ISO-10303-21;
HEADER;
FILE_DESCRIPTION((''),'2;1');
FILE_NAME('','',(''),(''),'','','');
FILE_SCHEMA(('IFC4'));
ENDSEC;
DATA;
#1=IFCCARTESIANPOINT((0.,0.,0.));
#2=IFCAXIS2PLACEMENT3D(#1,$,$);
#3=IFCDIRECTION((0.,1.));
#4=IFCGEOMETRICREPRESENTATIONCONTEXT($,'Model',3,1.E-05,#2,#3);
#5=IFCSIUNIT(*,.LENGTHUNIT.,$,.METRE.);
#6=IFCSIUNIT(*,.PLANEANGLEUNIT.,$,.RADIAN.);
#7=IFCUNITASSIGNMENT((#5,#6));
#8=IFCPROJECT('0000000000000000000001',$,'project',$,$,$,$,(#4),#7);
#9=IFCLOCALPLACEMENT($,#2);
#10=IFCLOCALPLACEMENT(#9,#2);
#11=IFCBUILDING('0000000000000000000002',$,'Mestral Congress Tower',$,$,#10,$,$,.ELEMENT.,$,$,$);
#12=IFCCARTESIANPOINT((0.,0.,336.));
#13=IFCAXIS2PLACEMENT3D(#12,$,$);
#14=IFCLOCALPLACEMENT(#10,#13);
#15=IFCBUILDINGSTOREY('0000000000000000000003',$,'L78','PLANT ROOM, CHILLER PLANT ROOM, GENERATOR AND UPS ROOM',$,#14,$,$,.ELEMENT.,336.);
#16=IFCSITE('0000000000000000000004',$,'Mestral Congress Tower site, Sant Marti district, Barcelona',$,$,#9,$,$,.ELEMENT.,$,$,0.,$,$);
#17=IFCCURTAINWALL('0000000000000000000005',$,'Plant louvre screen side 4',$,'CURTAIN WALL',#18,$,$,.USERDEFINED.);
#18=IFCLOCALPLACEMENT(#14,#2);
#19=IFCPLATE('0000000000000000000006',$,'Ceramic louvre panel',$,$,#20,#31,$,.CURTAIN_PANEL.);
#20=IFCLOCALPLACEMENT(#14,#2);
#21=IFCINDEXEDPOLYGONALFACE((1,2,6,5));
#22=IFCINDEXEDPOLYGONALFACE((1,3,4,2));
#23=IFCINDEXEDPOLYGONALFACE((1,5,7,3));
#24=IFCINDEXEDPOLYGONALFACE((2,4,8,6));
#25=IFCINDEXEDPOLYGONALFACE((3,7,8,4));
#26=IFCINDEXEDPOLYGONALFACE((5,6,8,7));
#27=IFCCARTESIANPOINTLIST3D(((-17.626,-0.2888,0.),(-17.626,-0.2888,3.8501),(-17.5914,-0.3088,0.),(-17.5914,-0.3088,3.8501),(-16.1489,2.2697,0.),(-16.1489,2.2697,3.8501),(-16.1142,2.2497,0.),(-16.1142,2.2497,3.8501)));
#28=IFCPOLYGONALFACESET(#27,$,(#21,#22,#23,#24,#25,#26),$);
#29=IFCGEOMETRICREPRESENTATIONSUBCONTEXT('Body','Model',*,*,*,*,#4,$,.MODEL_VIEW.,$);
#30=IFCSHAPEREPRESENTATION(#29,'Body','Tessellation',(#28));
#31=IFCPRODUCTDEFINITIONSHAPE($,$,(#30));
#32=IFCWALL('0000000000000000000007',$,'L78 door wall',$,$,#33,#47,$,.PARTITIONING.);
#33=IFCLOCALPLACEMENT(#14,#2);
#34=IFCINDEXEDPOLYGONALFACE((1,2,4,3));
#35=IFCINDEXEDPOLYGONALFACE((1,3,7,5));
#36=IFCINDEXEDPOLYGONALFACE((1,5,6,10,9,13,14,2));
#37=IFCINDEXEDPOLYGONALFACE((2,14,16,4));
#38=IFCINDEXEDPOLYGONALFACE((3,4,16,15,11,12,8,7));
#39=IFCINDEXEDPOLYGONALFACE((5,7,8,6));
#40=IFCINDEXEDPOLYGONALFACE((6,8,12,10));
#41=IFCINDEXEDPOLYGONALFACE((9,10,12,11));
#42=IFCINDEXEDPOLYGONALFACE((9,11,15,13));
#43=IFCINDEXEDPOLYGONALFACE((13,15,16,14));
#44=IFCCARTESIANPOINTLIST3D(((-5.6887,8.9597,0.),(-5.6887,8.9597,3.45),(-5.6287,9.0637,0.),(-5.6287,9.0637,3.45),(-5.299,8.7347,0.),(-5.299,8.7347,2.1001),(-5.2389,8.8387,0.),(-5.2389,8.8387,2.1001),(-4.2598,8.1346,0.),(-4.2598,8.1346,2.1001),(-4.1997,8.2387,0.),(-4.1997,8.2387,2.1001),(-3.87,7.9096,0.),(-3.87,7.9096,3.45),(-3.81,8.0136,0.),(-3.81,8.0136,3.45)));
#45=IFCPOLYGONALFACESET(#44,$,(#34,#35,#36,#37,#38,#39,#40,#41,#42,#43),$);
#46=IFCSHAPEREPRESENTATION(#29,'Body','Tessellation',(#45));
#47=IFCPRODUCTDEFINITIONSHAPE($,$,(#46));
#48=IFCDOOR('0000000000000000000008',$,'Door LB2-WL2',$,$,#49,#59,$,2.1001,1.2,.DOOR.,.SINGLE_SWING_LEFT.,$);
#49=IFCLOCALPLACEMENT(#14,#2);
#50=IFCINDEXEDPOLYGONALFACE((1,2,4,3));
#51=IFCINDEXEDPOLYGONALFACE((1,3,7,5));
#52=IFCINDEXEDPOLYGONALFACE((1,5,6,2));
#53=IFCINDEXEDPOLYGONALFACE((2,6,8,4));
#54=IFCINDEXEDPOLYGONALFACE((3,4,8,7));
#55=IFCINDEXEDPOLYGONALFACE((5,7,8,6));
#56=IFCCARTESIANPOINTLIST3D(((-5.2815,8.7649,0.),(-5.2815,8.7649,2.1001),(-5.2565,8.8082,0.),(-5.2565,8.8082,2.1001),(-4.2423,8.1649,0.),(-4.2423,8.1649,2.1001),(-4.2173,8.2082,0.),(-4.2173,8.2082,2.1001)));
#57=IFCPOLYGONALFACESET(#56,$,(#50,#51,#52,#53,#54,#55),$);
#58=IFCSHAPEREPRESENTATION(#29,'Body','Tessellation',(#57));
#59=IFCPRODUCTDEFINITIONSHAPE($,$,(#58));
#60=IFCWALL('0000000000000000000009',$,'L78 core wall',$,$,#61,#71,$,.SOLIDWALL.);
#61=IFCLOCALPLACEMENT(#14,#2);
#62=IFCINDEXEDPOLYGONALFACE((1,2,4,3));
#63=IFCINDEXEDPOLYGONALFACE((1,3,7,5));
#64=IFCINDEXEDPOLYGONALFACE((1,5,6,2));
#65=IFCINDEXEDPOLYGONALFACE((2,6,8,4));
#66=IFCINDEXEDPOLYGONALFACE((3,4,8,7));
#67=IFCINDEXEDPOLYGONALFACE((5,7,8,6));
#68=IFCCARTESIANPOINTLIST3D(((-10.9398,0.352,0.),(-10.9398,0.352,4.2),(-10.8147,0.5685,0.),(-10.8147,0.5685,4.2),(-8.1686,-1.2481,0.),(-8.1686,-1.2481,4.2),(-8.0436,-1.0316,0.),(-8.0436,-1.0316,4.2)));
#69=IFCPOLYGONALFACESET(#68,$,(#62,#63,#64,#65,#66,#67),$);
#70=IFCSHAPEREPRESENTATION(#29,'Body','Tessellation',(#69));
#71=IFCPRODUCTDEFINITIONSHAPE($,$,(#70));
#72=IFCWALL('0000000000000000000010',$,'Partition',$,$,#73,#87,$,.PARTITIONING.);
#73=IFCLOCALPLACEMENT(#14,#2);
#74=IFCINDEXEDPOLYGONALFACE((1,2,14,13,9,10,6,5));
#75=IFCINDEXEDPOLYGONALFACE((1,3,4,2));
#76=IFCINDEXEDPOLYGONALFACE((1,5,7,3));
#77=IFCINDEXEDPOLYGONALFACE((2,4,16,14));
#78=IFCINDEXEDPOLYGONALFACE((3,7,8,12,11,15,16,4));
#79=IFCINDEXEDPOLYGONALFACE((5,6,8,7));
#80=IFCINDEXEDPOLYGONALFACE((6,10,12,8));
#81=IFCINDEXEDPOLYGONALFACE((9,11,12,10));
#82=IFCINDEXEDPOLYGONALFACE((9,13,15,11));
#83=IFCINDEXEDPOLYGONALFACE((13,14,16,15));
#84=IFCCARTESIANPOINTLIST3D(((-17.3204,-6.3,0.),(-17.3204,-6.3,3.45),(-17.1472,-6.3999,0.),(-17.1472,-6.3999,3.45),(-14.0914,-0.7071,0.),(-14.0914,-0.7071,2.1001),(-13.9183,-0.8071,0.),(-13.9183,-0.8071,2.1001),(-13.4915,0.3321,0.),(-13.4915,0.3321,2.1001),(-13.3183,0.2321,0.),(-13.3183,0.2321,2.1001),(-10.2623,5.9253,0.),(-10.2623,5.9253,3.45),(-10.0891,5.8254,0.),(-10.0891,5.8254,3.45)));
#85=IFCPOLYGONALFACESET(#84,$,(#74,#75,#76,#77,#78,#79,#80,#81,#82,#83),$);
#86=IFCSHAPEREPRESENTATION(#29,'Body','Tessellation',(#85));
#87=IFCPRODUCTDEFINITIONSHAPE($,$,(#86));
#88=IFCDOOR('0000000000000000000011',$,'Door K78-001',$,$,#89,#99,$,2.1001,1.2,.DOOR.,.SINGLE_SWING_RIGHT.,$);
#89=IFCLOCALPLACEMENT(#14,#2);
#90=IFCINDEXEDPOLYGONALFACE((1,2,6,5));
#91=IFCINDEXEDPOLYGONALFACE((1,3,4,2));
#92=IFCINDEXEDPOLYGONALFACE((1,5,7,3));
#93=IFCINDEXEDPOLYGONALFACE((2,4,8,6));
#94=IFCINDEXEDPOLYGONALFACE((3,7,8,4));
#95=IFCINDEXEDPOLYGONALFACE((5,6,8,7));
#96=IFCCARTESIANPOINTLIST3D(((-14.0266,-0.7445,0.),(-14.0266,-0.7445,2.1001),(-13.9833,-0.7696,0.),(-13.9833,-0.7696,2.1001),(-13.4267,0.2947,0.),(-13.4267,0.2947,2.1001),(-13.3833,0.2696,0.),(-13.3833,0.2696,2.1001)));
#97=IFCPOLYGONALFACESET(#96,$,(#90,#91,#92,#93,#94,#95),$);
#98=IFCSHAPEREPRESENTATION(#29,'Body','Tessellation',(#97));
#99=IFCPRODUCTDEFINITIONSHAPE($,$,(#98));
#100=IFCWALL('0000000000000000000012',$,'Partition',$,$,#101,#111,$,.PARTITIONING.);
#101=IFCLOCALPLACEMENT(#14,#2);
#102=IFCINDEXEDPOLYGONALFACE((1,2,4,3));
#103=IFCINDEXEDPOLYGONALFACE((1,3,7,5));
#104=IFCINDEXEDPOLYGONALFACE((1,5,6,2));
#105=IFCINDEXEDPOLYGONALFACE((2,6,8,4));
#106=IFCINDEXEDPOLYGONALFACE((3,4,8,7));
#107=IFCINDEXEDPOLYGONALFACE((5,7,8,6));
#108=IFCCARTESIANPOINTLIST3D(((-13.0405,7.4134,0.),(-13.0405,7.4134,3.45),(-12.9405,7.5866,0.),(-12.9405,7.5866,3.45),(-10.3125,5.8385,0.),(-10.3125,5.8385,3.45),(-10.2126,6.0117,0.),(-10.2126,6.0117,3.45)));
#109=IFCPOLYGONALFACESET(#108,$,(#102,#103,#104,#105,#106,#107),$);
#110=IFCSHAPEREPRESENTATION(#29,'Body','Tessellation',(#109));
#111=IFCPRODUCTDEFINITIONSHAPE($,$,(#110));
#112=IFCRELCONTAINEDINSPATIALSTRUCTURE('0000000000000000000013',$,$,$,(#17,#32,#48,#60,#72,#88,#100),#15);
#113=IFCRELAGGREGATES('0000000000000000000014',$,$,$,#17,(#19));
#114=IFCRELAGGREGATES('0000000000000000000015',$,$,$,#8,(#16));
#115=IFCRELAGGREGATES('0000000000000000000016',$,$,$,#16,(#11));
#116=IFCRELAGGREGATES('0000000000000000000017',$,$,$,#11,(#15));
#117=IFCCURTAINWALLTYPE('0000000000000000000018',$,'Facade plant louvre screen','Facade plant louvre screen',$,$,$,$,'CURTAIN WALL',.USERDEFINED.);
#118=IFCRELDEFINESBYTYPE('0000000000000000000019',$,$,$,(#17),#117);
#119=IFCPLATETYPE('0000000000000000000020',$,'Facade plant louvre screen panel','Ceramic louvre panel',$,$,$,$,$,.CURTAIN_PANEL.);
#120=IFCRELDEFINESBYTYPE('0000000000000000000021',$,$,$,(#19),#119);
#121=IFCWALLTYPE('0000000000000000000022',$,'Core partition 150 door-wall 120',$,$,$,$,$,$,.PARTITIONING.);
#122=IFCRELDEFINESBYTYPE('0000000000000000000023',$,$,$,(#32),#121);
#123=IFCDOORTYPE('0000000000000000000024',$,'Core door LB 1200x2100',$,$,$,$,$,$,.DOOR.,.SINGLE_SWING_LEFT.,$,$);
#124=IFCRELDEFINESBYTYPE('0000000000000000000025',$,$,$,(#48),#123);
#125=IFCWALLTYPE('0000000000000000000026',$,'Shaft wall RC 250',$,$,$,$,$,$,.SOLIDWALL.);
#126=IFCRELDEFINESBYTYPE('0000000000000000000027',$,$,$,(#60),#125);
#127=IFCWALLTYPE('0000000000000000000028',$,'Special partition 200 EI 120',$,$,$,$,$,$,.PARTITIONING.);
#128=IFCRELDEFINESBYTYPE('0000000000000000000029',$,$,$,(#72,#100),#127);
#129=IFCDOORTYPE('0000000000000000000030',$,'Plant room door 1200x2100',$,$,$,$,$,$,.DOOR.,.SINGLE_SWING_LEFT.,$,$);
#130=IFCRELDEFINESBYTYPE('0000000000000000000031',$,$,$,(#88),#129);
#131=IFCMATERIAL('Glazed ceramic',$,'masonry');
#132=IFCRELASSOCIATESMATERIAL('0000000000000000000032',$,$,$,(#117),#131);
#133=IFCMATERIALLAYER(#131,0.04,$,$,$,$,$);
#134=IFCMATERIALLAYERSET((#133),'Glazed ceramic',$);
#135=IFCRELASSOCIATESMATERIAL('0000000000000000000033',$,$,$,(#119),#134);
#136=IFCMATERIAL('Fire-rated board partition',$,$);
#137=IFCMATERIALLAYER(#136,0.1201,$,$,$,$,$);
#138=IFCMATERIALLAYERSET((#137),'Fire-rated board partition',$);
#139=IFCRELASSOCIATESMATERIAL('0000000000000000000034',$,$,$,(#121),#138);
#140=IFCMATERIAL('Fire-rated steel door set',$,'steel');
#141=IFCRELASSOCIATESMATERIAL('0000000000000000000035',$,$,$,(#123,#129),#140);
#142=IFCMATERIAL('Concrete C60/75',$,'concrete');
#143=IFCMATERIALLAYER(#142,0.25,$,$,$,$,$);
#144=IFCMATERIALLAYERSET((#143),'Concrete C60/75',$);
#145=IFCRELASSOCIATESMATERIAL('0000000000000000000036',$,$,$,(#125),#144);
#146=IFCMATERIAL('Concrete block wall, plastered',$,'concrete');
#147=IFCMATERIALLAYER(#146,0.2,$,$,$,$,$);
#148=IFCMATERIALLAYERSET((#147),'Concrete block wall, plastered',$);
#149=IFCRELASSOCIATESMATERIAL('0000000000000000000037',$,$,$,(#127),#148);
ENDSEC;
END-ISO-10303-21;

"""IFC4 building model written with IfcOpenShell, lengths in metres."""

from ifc_helpers import new_model, si_unit, direction, frame, frame_2d, origin, origin_2d, place, context, subcontext, project, spatial, rectangle, extrude, material, layer, layer_set, type_object, element, fill, aggregate, save


model = new_model("IFC4")

# Units and contexts
model_context = context("Model", 3, precision=1e-05, world=origin(), true_north=direction((0.0, 1.0)))
body_context = subcontext(model_context, "Body", "Model", "MODEL_VIEW")
ifc_project = project(units=[si_unit("LENGTHUNIT", "METRE"), si_unit("PLANEANGLEUNIT", "RADIAN")], contexts=[model_context])

# Site, building, storey
site_placement = place(None, origin())
site = spatial("IfcSite", under=ifc_project, at=site_placement, Name="Mestral Congress Tower site, Sant Marti district, Barcelona", CompositionType="ELEMENT", RefElevation=0.0)
building_placement = place(site_placement, origin())
building = spatial("IfcBuilding", under=site, at=building_placement, Name="Mestral Congress Tower", CompositionType="ELEMENT")
storey_placement = place(building_placement, frame((0.0, 0.0, 336.0)))
storey = spatial("IfcBuildingStorey", under=building, at=storey_placement, Name="L78", Description="PLANT ROOM, CHILLER PLANT ROOM, GENERATOR AND UPS ROOM", CompositionType="ELEMENT", Elevation=336.0)

# Curtain wall
ifc_material_1 = material(Name="Glazed ceramic", Category="masonry")
curtain_wall_type = type_object("IfcCurtainWallType", Name="Facade plant louvre screen", Description="Facade plant louvre screen", ElementType="CURTAIN WALL", PredefinedType="USERDEFINED", material=ifc_material_1)
curtain_wall_placement = place(storey_placement, origin())
curtain_wall = element("IfcCurtainWall", 1, at=curtain_wall_placement, inside=storey, type_object=curtain_wall_type, Name="Plant louvre screen side 4", ObjectType="CURTAIN WALL", PredefinedType="USERDEFINED")

# Plate
ifc_layer_1 = layer(ifc_material_1, 0.04)
ifc_layer_set_1 = layer_set([ifc_layer_1], Name="Glazed ceramic")
plate_type = type_object("IfcPlateType", Name="Facade plant louvre screen panel", Description="Ceramic louvre panel", PredefinedType="CURTAIN_PANEL", material=ifc_layer_set_1)
plate_1_placement = place(storey_placement, frame((-16.8701, 0.9805, 0.0), z_axis=(0.0, 0.0, 1.0), x_axis=(-0.500002, -0.866025, 0.0)))
plate_1 = element("IfcPlate", 2, at=plate_1_placement, type_object=plate_type, Name="Ceramic louvre panel", PredefinedType="CURTAIN_PANEL", context=body_context, shape_type="SweptSolid", body=[
    extrude(rectangle(XDim=2.9543, YDim=0.04, at=origin_2d()), origin(), (0.0, 0.0, 1.0), 3.8501),
])
aggregate(curtain_wall, [plate_1])

# Wall, opening, door
ifc_material_2 = material(Name="Fire-rated board partition")
ifc_layer_2 = layer(ifc_material_2, 0.1201)
ifc_layer_set_2 = layer_set([ifc_layer_2], Name="Fire-rated board partition")
wall_type_1 = type_object("IfcWallType", Name="Core partition 150 door-wall 120", PredefinedType="PARTITIONING", material=ifc_layer_set_2)
wall_1_placement = place(storey_placement, frame((-5.6587, 9.0117, 0.0), z_axis=(0.0, 0.0, 1.0), x_axis=(0.866009, -0.500028, 0.0)))
wall_1 = element("IfcWall", 3, at=wall_1_placement, inside=storey, type_object=wall_type_1, Name="L78 door wall", PredefinedType="PARTITIONING", context=body_context, shape_type="SweptSolid", body=[
    extrude(rectangle(XDim=2.1001, YDim=0.1201, at=frame_2d((1.05, 0.0))), origin(), (0.0, 0.0, 1.0), 3.45),
])
opening_1_placement = place(wall_1_placement, frame((0.45, 0.0, 0.0)))
opening_1 = element("IfcOpeningElement", 4, at=opening_1_placement, cuts=wall_1, PredefinedType="OPENING", context=body_context, shape_type="SweptSolid", body=[
    extrude(rectangle(XDim=1.2, YDim=2.1001, at=frame_2d((0.6001, 1.05))), frame((0.0, 0.0701, 0.0), z_axis=(0.0, -1.0, 0.0), x_axis=(1.0, 0.0, 0.0)), (0.0, 0.0, 1.0), 0.1401),
])
ifc_material_3 = material(Name="Fire-rated steel door set", Category="steel")
door_type_1 = type_object("IfcDoorType", Name="Core door LB 1200x2100", OperationType="SINGLE_SWING_LEFT", PredefinedType="DOOR", material=ifc_material_3)
door_1_placement = place(opening_1_placement, origin())
door_1 = element("IfcDoor", 5, at=door_1_placement, inside=storey, type_object=door_type_1, Name="Door LB2-WL2", OperationType="SINGLE_SWING_LEFT", OverallHeight=2.1001, OverallWidth=1.2, PredefinedType="DOOR", context=body_context, shape_type="SweptSolid", body=[
    extrude(rectangle(XDim=1.2, YDim=2.1001, at=frame_2d((0.6001, 1.05))), frame((0.0, 0.0249, 0.0), z_axis=(0.0, -1.0, 0.0), x_axis=(1.0, 0.0, 0.0)), (0.0, 0.0, 1.0), 0.05),
])
fill(opening_1, door_1)

# Wall
ifc_material_4 = material(Name="Concrete C60/75", Category="concrete")
ifc_layer_3 = layer(ifc_material_4, 0.25)
ifc_layer_set_3 = layer_set([ifc_layer_3], Name="Concrete C60/75")
wall_type_2 = type_object("IfcWallType", Name="Shaft wall RC 250", PredefinedType="SOLIDWALL", material=ifc_layer_set_3)
wall_2_placement = place(storey_placement, frame((-8.106, -1.1399, 0.0), z_axis=(0.0, 0.0, 1.0), x_axis=(-0.866009, 0.500028, 0.0)))
element("IfcWall", 6, at=wall_2_placement, inside=storey, type_object=wall_type_2, Name="L78 core wall", PredefinedType="SOLIDWALL", context=body_context, shape_type="SweptSolid", body=[
    extrude(rectangle(XDim=3.2, YDim=0.25, at=frame_2d((1.6001, 0.0))), origin(), (0.0, 0.0, 1.0), 4.2),
])

# Wall, opening, door
ifc_material_5 = material(Name="Concrete block wall, plastered", Category="concrete")
ifc_layer_4 = layer(ifc_material_5, 0.2)
ifc_layer_set_4 = layer_set([ifc_layer_4], Name="Concrete block wall, plastered")
wall_type_3 = type_object("IfcWallType", Name="Special partition 200 EI 120", PredefinedType="PARTITIONING", material=ifc_layer_set_4)
wall_3_placement = place(storey_placement, frame((-10.1758, 5.8752, 0.0), z_axis=(0.0, 0.0, 1.0), x_axis=(-0.499989, -0.866032, 0.0)))
wall_3 = element("IfcWall", 7, at=wall_3_placement, inside=storey, type_object=wall_type_3, Name="Partition", PredefinedType="PARTITIONING", context=body_context, shape_type="SweptSolid", body=[
    extrude(rectangle(XDim=14.1165, YDim=0.2, at=frame_2d((7.0581, 0.0))), origin(), (0.0, 0.0, 1.0), 3.45),
])
opening_2_placement = place(wall_3_placement, frame((6.4583, 0.0, 0.0)))
opening_2 = element("IfcOpeningElement", 8, at=opening_2_placement, cuts=wall_3, PredefinedType="OPENING", context=body_context, shape_type="SweptSolid", body=[
    extrude(rectangle(XDim=1.2, YDim=2.1001, at=frame_2d((0.6001, 1.05))), frame((0.0, 0.1099, 0.0), z_axis=(0.0, -1.0, 0.0), x_axis=(1.0, 0.0, 0.0)), (0.0, 0.0, 1.0), 0.22),
])
door_type_2 = type_object("IfcDoorType", Name="Plant room door 1200x2100", OperationType="SINGLE_SWING_LEFT", PredefinedType="DOOR", material=ifc_material_3)
door_2_placement = place(opening_2_placement, origin())
door_2 = element("IfcDoor", 9, at=door_2_placement, inside=storey, type_object=door_type_2, Name="Door K78-001", OperationType="SINGLE_SWING_RIGHT", OverallHeight=2.1001, OverallWidth=1.2, PredefinedType="DOOR", context=body_context, shape_type="SweptSolid", body=[
    extrude(rectangle(XDim=1.2, YDim=2.1001, at=frame_2d((0.6001, 1.05))), frame((0.0, 0.0249, 0.0), z_axis=(0.0, -1.0, 0.0), x_axis=(1.0, 0.0, 0.0)), (0.0, 0.0, 1.0), 0.05),
])
fill(opening_2, door_2)

# Wall
wall_4_placement = place(storey_placement, frame((-12.9905, 7.5, 0.0), z_axis=(0.0, 0.0, 1.0), x_axis=(0.866036, -0.499982, 0.0)))
element("IfcWall", 10, at=wall_4_placement, inside=storey, type_object=wall_type_3, Name="Partition", PredefinedType="PARTITIONING", context=body_context, shape_type="SweptSolid", body=[
    extrude(rectangle(XDim=3.1499, YDim=0.2, at=frame_2d((1.575, 0.0))), origin(), (0.0, 0.0, 1.0), 3.45),
])

save(model, "model.ifc")
